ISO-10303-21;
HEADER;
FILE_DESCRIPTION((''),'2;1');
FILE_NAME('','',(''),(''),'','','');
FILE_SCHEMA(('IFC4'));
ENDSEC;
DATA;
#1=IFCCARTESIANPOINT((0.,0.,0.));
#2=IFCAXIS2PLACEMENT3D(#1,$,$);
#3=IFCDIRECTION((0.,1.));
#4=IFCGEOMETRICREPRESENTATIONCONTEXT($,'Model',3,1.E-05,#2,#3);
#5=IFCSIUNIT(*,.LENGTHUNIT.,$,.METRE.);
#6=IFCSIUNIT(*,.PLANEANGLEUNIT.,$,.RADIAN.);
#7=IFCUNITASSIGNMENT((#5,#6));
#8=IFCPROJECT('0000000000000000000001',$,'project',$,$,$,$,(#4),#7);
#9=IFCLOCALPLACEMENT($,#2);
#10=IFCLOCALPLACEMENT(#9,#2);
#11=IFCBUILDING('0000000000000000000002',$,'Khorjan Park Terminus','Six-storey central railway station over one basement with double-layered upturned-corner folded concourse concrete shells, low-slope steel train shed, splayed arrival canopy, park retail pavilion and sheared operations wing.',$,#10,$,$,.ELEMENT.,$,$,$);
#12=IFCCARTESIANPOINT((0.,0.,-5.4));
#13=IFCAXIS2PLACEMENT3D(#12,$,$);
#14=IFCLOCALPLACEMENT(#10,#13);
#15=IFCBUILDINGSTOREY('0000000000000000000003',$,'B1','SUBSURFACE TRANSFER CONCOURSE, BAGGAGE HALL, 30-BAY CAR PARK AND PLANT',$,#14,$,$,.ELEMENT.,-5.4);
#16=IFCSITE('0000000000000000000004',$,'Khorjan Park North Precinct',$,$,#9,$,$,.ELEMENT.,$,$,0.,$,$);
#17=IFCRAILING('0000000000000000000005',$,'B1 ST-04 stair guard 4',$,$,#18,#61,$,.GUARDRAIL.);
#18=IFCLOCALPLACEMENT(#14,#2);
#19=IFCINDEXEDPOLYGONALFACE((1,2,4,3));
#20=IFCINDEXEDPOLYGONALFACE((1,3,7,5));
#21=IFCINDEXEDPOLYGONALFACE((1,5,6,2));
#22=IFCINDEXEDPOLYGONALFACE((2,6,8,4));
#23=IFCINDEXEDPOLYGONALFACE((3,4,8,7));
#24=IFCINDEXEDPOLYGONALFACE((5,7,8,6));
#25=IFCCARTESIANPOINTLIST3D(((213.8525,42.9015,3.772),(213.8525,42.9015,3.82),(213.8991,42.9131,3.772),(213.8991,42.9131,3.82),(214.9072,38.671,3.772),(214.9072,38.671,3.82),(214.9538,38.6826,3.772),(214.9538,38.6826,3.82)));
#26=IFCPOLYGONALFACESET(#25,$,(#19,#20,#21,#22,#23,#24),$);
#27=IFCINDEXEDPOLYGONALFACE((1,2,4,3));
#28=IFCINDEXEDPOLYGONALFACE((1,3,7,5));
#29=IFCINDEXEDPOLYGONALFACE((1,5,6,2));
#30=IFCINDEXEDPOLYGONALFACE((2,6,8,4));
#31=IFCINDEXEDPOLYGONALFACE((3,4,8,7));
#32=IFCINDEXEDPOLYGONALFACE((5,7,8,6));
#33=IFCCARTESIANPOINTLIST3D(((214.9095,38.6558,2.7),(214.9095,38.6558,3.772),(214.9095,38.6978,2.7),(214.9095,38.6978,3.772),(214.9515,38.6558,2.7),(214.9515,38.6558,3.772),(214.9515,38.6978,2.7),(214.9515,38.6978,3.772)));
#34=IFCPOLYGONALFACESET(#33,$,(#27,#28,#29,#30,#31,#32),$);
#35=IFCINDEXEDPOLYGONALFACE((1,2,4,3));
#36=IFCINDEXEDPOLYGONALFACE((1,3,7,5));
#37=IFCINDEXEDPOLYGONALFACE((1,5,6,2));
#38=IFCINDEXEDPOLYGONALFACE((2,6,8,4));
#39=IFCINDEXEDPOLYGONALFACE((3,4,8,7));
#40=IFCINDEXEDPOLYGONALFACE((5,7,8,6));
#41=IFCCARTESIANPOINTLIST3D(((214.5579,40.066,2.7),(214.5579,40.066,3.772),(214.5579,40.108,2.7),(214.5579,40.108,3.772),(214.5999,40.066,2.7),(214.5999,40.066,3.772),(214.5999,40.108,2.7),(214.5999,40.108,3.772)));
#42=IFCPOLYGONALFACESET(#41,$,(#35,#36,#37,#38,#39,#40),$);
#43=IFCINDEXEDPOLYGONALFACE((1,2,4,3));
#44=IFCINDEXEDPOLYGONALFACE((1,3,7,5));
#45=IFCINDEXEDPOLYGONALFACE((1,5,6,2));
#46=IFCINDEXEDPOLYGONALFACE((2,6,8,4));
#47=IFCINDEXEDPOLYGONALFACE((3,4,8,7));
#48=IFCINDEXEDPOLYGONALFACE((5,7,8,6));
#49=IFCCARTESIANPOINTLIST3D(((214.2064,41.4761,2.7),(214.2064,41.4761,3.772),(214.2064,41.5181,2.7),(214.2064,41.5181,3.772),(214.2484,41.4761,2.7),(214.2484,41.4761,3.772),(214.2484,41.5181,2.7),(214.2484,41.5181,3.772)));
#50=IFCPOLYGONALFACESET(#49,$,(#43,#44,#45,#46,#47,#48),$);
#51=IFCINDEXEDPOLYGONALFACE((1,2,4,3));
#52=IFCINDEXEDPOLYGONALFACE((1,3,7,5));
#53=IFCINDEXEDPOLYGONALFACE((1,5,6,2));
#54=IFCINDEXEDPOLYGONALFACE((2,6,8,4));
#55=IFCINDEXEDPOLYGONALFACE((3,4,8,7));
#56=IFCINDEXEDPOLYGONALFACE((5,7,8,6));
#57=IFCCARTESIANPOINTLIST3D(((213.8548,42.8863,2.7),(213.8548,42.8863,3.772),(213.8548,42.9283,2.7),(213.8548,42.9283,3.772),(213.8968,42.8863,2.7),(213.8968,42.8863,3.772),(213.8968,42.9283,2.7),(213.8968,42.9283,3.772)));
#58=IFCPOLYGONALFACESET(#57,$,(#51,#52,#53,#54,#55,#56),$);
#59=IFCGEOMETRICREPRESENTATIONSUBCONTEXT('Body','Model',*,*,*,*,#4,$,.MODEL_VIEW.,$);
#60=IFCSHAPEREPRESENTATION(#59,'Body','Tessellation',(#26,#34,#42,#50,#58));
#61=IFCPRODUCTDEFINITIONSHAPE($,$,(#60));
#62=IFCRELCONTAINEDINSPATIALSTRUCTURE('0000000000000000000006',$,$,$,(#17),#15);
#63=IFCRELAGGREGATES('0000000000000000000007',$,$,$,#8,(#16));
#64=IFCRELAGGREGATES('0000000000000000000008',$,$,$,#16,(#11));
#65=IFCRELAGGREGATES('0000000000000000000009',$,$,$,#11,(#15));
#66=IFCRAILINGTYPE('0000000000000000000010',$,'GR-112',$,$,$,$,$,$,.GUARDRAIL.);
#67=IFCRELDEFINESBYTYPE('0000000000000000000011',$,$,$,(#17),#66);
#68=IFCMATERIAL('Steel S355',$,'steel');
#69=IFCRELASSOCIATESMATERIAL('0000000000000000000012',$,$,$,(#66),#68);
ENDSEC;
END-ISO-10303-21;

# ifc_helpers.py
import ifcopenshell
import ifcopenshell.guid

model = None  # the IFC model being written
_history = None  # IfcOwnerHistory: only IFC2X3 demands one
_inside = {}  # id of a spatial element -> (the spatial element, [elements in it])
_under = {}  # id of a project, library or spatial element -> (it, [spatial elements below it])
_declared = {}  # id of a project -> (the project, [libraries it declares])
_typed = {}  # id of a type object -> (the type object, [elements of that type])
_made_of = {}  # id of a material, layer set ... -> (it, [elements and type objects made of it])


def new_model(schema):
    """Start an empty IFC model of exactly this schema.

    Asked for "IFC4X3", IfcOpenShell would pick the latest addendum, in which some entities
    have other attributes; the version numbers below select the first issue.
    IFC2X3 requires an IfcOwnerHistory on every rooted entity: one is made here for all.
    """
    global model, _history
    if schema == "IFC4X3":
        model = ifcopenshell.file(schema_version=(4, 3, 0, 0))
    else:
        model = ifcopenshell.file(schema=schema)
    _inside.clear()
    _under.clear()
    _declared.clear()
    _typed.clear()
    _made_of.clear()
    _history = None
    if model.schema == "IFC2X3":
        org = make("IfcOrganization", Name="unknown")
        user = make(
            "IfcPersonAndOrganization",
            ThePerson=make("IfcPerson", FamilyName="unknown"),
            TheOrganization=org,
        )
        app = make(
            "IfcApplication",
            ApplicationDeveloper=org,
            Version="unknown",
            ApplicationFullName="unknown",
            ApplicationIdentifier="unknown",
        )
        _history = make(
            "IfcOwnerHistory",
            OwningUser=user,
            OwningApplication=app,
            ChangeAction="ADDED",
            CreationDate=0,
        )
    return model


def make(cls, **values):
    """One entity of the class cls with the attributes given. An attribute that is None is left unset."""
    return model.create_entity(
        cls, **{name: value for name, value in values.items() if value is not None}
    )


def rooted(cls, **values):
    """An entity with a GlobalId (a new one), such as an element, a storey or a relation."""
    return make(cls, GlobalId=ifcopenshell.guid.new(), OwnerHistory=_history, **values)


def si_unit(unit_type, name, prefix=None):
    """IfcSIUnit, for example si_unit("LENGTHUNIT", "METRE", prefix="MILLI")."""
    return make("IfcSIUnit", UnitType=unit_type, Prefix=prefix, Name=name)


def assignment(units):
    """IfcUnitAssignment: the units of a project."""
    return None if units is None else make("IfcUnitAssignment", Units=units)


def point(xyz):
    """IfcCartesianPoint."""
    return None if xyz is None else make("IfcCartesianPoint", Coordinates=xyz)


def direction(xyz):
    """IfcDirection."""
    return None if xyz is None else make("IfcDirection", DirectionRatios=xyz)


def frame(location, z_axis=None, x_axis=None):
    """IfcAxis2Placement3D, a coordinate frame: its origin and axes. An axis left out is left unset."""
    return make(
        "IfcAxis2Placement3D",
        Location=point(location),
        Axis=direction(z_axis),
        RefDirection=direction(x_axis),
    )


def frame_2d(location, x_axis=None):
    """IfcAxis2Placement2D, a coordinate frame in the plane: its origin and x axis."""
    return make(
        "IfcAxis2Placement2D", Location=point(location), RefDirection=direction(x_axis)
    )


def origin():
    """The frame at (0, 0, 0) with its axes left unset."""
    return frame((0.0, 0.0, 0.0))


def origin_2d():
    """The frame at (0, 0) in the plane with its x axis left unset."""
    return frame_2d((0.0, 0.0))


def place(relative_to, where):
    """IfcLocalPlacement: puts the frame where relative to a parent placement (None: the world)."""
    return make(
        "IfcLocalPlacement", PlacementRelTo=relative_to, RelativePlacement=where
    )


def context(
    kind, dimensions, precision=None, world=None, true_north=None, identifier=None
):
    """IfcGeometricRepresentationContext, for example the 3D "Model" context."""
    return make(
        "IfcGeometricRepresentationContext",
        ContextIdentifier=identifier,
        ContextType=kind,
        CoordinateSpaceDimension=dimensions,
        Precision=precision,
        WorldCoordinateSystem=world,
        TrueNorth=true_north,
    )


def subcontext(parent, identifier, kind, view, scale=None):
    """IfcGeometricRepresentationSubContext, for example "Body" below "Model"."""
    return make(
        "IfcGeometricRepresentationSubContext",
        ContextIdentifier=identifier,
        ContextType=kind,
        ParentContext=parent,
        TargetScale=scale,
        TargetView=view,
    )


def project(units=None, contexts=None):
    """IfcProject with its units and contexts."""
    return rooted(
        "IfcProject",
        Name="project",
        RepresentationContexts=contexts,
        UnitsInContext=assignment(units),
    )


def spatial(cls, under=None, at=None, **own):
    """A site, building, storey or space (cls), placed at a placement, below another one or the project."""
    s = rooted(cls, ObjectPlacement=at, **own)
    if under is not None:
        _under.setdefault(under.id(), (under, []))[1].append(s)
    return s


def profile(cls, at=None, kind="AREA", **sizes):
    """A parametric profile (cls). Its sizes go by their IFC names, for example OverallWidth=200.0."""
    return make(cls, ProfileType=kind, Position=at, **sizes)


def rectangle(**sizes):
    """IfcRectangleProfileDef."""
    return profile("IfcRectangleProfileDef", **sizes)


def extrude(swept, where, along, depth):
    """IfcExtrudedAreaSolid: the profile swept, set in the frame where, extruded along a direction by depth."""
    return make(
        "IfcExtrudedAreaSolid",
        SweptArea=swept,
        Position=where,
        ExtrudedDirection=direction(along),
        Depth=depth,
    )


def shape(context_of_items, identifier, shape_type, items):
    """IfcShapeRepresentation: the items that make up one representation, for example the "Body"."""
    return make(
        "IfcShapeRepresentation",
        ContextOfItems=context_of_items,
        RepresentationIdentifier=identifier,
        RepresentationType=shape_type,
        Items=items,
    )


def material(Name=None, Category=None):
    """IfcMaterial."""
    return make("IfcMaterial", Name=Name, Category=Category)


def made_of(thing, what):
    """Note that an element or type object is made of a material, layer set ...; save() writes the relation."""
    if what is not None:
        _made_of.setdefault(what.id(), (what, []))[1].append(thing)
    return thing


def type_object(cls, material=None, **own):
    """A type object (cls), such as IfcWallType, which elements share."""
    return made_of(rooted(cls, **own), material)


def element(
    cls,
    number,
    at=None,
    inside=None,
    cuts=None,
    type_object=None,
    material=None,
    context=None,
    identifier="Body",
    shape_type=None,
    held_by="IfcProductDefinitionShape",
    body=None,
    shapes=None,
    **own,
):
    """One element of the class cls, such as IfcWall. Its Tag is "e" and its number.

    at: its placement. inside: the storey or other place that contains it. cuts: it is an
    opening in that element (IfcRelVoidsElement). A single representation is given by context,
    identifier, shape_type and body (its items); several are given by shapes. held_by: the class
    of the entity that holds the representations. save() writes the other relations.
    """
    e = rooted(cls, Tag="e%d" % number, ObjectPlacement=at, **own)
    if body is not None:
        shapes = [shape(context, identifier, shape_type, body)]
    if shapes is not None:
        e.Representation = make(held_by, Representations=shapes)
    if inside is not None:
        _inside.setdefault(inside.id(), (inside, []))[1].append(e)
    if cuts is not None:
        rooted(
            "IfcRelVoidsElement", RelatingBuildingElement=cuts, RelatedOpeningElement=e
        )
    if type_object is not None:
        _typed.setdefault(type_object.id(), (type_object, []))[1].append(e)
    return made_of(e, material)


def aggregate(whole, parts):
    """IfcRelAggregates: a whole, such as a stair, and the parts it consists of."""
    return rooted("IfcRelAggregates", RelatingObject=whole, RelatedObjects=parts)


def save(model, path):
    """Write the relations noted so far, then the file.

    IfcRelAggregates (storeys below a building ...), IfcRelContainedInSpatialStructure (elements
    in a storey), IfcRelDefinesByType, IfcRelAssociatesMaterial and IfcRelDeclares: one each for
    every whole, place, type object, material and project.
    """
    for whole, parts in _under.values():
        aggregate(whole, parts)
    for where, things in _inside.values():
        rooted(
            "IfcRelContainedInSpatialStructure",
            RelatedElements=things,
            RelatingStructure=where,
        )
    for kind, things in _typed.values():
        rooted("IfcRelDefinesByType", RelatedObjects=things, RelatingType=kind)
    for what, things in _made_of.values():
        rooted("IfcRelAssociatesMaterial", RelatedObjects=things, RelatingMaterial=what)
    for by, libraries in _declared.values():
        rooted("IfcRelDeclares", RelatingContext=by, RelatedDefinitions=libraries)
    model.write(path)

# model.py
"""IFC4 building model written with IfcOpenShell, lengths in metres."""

from ifc_helpers import new_model, si_unit, direction, frame, origin, origin_2d, place, context, subcontext, project, spatial, rectangle, extrude, material, type_object, element, save


model = new_model("IFC4")

# Units and contexts
model_context = context("Model", 3, precision=1e-05, world=origin(), true_north=direction((0.0, 1.0)))
body_context = subcontext(model_context, "Body", "Model", "MODEL_VIEW")
ifc_project = project(units=[si_unit("LENGTHUNIT", "METRE"), si_unit("PLANEANGLEUNIT", "RADIAN")], contexts=[model_context])

# Site, building, storey
site_placement = place(None, origin())
site = spatial("IfcSite", under=ifc_project, at=site_placement, Name="Khorjan Park North Precinct", CompositionType="ELEMENT", RefElevation=0.0)
building_placement = place(site_placement, origin())
building = spatial("IfcBuilding", under=site, at=building_placement, Name="Khorjan Park Terminus", Description="Six-storey central railway station over one basement with double-layered upturned-corner folded concourse concrete shells, low-slope steel train shed, splayed arrival canopy, park retail pavilion and sheared operations wing.", CompositionType="ELEMENT")
storey_placement = place(building_placement, frame((0.0, 0.0, -5.4)))
storey = spatial("IfcBuildingStorey", under=building, at=storey_placement, Name="B1", Description="SUBSURFACE TRANSFER CONCOURSE, BAGGAGE HALL, 30-BAY CAR PARK AND PLANT", CompositionType="ELEMENT", Elevation=-5.4)

# Railing
ifc_material_1 = material(Name="Steel S355", Category="steel")
railing_type = type_object("IfcRailingType", Name="GR-112", PredefinedType="GUARDRAIL", material=ifc_material_1)
railing_1_placement = place(storey_placement, frame((214.9305, 38.6768, 2.7)))
element("IfcRailing", 1, at=railing_1_placement, inside=storey, type_object=railing_type, Name="B1 ST-04 stair guard 4", PredefinedType="GUARDRAIL", context=body_context, shape_type="SweptSolid", body=[
    extrude(rectangle(XDim=0.048, YDim=0.048, at=origin_2d()), frame((0.0, 0.0, 1.096), z_axis=(-0.241904, 0.9703, 0.0), x_axis=(-0.9703, -0.241904, 0.0)), (0.0, 0.0, 1.0), 4.36),
    extrude(rectangle(XDim=0.042, YDim=0.042, at=origin_2d()), origin(), (0.0, 0.0, 1.0), 1.072),
    extrude(rectangle(XDim=0.042, YDim=0.042, at=origin_2d()), frame((-0.3516, 1.4102, 0.0)), (0.0, 0.0, 1.0), 1.072),
    extrude(rectangle(XDim=0.042, YDim=0.042, at=origin_2d()), frame((-0.7031, 2.8203, 0.0)), (0.0, 0.0, 1.0), 1.072),
    extrude(rectangle(XDim=0.042, YDim=0.042, at=origin_2d()), frame((-1.0547, 4.2305, 0.0)), (0.0, 0.0, 1.0), 1.072),
])

save(model, "model.ifc")
